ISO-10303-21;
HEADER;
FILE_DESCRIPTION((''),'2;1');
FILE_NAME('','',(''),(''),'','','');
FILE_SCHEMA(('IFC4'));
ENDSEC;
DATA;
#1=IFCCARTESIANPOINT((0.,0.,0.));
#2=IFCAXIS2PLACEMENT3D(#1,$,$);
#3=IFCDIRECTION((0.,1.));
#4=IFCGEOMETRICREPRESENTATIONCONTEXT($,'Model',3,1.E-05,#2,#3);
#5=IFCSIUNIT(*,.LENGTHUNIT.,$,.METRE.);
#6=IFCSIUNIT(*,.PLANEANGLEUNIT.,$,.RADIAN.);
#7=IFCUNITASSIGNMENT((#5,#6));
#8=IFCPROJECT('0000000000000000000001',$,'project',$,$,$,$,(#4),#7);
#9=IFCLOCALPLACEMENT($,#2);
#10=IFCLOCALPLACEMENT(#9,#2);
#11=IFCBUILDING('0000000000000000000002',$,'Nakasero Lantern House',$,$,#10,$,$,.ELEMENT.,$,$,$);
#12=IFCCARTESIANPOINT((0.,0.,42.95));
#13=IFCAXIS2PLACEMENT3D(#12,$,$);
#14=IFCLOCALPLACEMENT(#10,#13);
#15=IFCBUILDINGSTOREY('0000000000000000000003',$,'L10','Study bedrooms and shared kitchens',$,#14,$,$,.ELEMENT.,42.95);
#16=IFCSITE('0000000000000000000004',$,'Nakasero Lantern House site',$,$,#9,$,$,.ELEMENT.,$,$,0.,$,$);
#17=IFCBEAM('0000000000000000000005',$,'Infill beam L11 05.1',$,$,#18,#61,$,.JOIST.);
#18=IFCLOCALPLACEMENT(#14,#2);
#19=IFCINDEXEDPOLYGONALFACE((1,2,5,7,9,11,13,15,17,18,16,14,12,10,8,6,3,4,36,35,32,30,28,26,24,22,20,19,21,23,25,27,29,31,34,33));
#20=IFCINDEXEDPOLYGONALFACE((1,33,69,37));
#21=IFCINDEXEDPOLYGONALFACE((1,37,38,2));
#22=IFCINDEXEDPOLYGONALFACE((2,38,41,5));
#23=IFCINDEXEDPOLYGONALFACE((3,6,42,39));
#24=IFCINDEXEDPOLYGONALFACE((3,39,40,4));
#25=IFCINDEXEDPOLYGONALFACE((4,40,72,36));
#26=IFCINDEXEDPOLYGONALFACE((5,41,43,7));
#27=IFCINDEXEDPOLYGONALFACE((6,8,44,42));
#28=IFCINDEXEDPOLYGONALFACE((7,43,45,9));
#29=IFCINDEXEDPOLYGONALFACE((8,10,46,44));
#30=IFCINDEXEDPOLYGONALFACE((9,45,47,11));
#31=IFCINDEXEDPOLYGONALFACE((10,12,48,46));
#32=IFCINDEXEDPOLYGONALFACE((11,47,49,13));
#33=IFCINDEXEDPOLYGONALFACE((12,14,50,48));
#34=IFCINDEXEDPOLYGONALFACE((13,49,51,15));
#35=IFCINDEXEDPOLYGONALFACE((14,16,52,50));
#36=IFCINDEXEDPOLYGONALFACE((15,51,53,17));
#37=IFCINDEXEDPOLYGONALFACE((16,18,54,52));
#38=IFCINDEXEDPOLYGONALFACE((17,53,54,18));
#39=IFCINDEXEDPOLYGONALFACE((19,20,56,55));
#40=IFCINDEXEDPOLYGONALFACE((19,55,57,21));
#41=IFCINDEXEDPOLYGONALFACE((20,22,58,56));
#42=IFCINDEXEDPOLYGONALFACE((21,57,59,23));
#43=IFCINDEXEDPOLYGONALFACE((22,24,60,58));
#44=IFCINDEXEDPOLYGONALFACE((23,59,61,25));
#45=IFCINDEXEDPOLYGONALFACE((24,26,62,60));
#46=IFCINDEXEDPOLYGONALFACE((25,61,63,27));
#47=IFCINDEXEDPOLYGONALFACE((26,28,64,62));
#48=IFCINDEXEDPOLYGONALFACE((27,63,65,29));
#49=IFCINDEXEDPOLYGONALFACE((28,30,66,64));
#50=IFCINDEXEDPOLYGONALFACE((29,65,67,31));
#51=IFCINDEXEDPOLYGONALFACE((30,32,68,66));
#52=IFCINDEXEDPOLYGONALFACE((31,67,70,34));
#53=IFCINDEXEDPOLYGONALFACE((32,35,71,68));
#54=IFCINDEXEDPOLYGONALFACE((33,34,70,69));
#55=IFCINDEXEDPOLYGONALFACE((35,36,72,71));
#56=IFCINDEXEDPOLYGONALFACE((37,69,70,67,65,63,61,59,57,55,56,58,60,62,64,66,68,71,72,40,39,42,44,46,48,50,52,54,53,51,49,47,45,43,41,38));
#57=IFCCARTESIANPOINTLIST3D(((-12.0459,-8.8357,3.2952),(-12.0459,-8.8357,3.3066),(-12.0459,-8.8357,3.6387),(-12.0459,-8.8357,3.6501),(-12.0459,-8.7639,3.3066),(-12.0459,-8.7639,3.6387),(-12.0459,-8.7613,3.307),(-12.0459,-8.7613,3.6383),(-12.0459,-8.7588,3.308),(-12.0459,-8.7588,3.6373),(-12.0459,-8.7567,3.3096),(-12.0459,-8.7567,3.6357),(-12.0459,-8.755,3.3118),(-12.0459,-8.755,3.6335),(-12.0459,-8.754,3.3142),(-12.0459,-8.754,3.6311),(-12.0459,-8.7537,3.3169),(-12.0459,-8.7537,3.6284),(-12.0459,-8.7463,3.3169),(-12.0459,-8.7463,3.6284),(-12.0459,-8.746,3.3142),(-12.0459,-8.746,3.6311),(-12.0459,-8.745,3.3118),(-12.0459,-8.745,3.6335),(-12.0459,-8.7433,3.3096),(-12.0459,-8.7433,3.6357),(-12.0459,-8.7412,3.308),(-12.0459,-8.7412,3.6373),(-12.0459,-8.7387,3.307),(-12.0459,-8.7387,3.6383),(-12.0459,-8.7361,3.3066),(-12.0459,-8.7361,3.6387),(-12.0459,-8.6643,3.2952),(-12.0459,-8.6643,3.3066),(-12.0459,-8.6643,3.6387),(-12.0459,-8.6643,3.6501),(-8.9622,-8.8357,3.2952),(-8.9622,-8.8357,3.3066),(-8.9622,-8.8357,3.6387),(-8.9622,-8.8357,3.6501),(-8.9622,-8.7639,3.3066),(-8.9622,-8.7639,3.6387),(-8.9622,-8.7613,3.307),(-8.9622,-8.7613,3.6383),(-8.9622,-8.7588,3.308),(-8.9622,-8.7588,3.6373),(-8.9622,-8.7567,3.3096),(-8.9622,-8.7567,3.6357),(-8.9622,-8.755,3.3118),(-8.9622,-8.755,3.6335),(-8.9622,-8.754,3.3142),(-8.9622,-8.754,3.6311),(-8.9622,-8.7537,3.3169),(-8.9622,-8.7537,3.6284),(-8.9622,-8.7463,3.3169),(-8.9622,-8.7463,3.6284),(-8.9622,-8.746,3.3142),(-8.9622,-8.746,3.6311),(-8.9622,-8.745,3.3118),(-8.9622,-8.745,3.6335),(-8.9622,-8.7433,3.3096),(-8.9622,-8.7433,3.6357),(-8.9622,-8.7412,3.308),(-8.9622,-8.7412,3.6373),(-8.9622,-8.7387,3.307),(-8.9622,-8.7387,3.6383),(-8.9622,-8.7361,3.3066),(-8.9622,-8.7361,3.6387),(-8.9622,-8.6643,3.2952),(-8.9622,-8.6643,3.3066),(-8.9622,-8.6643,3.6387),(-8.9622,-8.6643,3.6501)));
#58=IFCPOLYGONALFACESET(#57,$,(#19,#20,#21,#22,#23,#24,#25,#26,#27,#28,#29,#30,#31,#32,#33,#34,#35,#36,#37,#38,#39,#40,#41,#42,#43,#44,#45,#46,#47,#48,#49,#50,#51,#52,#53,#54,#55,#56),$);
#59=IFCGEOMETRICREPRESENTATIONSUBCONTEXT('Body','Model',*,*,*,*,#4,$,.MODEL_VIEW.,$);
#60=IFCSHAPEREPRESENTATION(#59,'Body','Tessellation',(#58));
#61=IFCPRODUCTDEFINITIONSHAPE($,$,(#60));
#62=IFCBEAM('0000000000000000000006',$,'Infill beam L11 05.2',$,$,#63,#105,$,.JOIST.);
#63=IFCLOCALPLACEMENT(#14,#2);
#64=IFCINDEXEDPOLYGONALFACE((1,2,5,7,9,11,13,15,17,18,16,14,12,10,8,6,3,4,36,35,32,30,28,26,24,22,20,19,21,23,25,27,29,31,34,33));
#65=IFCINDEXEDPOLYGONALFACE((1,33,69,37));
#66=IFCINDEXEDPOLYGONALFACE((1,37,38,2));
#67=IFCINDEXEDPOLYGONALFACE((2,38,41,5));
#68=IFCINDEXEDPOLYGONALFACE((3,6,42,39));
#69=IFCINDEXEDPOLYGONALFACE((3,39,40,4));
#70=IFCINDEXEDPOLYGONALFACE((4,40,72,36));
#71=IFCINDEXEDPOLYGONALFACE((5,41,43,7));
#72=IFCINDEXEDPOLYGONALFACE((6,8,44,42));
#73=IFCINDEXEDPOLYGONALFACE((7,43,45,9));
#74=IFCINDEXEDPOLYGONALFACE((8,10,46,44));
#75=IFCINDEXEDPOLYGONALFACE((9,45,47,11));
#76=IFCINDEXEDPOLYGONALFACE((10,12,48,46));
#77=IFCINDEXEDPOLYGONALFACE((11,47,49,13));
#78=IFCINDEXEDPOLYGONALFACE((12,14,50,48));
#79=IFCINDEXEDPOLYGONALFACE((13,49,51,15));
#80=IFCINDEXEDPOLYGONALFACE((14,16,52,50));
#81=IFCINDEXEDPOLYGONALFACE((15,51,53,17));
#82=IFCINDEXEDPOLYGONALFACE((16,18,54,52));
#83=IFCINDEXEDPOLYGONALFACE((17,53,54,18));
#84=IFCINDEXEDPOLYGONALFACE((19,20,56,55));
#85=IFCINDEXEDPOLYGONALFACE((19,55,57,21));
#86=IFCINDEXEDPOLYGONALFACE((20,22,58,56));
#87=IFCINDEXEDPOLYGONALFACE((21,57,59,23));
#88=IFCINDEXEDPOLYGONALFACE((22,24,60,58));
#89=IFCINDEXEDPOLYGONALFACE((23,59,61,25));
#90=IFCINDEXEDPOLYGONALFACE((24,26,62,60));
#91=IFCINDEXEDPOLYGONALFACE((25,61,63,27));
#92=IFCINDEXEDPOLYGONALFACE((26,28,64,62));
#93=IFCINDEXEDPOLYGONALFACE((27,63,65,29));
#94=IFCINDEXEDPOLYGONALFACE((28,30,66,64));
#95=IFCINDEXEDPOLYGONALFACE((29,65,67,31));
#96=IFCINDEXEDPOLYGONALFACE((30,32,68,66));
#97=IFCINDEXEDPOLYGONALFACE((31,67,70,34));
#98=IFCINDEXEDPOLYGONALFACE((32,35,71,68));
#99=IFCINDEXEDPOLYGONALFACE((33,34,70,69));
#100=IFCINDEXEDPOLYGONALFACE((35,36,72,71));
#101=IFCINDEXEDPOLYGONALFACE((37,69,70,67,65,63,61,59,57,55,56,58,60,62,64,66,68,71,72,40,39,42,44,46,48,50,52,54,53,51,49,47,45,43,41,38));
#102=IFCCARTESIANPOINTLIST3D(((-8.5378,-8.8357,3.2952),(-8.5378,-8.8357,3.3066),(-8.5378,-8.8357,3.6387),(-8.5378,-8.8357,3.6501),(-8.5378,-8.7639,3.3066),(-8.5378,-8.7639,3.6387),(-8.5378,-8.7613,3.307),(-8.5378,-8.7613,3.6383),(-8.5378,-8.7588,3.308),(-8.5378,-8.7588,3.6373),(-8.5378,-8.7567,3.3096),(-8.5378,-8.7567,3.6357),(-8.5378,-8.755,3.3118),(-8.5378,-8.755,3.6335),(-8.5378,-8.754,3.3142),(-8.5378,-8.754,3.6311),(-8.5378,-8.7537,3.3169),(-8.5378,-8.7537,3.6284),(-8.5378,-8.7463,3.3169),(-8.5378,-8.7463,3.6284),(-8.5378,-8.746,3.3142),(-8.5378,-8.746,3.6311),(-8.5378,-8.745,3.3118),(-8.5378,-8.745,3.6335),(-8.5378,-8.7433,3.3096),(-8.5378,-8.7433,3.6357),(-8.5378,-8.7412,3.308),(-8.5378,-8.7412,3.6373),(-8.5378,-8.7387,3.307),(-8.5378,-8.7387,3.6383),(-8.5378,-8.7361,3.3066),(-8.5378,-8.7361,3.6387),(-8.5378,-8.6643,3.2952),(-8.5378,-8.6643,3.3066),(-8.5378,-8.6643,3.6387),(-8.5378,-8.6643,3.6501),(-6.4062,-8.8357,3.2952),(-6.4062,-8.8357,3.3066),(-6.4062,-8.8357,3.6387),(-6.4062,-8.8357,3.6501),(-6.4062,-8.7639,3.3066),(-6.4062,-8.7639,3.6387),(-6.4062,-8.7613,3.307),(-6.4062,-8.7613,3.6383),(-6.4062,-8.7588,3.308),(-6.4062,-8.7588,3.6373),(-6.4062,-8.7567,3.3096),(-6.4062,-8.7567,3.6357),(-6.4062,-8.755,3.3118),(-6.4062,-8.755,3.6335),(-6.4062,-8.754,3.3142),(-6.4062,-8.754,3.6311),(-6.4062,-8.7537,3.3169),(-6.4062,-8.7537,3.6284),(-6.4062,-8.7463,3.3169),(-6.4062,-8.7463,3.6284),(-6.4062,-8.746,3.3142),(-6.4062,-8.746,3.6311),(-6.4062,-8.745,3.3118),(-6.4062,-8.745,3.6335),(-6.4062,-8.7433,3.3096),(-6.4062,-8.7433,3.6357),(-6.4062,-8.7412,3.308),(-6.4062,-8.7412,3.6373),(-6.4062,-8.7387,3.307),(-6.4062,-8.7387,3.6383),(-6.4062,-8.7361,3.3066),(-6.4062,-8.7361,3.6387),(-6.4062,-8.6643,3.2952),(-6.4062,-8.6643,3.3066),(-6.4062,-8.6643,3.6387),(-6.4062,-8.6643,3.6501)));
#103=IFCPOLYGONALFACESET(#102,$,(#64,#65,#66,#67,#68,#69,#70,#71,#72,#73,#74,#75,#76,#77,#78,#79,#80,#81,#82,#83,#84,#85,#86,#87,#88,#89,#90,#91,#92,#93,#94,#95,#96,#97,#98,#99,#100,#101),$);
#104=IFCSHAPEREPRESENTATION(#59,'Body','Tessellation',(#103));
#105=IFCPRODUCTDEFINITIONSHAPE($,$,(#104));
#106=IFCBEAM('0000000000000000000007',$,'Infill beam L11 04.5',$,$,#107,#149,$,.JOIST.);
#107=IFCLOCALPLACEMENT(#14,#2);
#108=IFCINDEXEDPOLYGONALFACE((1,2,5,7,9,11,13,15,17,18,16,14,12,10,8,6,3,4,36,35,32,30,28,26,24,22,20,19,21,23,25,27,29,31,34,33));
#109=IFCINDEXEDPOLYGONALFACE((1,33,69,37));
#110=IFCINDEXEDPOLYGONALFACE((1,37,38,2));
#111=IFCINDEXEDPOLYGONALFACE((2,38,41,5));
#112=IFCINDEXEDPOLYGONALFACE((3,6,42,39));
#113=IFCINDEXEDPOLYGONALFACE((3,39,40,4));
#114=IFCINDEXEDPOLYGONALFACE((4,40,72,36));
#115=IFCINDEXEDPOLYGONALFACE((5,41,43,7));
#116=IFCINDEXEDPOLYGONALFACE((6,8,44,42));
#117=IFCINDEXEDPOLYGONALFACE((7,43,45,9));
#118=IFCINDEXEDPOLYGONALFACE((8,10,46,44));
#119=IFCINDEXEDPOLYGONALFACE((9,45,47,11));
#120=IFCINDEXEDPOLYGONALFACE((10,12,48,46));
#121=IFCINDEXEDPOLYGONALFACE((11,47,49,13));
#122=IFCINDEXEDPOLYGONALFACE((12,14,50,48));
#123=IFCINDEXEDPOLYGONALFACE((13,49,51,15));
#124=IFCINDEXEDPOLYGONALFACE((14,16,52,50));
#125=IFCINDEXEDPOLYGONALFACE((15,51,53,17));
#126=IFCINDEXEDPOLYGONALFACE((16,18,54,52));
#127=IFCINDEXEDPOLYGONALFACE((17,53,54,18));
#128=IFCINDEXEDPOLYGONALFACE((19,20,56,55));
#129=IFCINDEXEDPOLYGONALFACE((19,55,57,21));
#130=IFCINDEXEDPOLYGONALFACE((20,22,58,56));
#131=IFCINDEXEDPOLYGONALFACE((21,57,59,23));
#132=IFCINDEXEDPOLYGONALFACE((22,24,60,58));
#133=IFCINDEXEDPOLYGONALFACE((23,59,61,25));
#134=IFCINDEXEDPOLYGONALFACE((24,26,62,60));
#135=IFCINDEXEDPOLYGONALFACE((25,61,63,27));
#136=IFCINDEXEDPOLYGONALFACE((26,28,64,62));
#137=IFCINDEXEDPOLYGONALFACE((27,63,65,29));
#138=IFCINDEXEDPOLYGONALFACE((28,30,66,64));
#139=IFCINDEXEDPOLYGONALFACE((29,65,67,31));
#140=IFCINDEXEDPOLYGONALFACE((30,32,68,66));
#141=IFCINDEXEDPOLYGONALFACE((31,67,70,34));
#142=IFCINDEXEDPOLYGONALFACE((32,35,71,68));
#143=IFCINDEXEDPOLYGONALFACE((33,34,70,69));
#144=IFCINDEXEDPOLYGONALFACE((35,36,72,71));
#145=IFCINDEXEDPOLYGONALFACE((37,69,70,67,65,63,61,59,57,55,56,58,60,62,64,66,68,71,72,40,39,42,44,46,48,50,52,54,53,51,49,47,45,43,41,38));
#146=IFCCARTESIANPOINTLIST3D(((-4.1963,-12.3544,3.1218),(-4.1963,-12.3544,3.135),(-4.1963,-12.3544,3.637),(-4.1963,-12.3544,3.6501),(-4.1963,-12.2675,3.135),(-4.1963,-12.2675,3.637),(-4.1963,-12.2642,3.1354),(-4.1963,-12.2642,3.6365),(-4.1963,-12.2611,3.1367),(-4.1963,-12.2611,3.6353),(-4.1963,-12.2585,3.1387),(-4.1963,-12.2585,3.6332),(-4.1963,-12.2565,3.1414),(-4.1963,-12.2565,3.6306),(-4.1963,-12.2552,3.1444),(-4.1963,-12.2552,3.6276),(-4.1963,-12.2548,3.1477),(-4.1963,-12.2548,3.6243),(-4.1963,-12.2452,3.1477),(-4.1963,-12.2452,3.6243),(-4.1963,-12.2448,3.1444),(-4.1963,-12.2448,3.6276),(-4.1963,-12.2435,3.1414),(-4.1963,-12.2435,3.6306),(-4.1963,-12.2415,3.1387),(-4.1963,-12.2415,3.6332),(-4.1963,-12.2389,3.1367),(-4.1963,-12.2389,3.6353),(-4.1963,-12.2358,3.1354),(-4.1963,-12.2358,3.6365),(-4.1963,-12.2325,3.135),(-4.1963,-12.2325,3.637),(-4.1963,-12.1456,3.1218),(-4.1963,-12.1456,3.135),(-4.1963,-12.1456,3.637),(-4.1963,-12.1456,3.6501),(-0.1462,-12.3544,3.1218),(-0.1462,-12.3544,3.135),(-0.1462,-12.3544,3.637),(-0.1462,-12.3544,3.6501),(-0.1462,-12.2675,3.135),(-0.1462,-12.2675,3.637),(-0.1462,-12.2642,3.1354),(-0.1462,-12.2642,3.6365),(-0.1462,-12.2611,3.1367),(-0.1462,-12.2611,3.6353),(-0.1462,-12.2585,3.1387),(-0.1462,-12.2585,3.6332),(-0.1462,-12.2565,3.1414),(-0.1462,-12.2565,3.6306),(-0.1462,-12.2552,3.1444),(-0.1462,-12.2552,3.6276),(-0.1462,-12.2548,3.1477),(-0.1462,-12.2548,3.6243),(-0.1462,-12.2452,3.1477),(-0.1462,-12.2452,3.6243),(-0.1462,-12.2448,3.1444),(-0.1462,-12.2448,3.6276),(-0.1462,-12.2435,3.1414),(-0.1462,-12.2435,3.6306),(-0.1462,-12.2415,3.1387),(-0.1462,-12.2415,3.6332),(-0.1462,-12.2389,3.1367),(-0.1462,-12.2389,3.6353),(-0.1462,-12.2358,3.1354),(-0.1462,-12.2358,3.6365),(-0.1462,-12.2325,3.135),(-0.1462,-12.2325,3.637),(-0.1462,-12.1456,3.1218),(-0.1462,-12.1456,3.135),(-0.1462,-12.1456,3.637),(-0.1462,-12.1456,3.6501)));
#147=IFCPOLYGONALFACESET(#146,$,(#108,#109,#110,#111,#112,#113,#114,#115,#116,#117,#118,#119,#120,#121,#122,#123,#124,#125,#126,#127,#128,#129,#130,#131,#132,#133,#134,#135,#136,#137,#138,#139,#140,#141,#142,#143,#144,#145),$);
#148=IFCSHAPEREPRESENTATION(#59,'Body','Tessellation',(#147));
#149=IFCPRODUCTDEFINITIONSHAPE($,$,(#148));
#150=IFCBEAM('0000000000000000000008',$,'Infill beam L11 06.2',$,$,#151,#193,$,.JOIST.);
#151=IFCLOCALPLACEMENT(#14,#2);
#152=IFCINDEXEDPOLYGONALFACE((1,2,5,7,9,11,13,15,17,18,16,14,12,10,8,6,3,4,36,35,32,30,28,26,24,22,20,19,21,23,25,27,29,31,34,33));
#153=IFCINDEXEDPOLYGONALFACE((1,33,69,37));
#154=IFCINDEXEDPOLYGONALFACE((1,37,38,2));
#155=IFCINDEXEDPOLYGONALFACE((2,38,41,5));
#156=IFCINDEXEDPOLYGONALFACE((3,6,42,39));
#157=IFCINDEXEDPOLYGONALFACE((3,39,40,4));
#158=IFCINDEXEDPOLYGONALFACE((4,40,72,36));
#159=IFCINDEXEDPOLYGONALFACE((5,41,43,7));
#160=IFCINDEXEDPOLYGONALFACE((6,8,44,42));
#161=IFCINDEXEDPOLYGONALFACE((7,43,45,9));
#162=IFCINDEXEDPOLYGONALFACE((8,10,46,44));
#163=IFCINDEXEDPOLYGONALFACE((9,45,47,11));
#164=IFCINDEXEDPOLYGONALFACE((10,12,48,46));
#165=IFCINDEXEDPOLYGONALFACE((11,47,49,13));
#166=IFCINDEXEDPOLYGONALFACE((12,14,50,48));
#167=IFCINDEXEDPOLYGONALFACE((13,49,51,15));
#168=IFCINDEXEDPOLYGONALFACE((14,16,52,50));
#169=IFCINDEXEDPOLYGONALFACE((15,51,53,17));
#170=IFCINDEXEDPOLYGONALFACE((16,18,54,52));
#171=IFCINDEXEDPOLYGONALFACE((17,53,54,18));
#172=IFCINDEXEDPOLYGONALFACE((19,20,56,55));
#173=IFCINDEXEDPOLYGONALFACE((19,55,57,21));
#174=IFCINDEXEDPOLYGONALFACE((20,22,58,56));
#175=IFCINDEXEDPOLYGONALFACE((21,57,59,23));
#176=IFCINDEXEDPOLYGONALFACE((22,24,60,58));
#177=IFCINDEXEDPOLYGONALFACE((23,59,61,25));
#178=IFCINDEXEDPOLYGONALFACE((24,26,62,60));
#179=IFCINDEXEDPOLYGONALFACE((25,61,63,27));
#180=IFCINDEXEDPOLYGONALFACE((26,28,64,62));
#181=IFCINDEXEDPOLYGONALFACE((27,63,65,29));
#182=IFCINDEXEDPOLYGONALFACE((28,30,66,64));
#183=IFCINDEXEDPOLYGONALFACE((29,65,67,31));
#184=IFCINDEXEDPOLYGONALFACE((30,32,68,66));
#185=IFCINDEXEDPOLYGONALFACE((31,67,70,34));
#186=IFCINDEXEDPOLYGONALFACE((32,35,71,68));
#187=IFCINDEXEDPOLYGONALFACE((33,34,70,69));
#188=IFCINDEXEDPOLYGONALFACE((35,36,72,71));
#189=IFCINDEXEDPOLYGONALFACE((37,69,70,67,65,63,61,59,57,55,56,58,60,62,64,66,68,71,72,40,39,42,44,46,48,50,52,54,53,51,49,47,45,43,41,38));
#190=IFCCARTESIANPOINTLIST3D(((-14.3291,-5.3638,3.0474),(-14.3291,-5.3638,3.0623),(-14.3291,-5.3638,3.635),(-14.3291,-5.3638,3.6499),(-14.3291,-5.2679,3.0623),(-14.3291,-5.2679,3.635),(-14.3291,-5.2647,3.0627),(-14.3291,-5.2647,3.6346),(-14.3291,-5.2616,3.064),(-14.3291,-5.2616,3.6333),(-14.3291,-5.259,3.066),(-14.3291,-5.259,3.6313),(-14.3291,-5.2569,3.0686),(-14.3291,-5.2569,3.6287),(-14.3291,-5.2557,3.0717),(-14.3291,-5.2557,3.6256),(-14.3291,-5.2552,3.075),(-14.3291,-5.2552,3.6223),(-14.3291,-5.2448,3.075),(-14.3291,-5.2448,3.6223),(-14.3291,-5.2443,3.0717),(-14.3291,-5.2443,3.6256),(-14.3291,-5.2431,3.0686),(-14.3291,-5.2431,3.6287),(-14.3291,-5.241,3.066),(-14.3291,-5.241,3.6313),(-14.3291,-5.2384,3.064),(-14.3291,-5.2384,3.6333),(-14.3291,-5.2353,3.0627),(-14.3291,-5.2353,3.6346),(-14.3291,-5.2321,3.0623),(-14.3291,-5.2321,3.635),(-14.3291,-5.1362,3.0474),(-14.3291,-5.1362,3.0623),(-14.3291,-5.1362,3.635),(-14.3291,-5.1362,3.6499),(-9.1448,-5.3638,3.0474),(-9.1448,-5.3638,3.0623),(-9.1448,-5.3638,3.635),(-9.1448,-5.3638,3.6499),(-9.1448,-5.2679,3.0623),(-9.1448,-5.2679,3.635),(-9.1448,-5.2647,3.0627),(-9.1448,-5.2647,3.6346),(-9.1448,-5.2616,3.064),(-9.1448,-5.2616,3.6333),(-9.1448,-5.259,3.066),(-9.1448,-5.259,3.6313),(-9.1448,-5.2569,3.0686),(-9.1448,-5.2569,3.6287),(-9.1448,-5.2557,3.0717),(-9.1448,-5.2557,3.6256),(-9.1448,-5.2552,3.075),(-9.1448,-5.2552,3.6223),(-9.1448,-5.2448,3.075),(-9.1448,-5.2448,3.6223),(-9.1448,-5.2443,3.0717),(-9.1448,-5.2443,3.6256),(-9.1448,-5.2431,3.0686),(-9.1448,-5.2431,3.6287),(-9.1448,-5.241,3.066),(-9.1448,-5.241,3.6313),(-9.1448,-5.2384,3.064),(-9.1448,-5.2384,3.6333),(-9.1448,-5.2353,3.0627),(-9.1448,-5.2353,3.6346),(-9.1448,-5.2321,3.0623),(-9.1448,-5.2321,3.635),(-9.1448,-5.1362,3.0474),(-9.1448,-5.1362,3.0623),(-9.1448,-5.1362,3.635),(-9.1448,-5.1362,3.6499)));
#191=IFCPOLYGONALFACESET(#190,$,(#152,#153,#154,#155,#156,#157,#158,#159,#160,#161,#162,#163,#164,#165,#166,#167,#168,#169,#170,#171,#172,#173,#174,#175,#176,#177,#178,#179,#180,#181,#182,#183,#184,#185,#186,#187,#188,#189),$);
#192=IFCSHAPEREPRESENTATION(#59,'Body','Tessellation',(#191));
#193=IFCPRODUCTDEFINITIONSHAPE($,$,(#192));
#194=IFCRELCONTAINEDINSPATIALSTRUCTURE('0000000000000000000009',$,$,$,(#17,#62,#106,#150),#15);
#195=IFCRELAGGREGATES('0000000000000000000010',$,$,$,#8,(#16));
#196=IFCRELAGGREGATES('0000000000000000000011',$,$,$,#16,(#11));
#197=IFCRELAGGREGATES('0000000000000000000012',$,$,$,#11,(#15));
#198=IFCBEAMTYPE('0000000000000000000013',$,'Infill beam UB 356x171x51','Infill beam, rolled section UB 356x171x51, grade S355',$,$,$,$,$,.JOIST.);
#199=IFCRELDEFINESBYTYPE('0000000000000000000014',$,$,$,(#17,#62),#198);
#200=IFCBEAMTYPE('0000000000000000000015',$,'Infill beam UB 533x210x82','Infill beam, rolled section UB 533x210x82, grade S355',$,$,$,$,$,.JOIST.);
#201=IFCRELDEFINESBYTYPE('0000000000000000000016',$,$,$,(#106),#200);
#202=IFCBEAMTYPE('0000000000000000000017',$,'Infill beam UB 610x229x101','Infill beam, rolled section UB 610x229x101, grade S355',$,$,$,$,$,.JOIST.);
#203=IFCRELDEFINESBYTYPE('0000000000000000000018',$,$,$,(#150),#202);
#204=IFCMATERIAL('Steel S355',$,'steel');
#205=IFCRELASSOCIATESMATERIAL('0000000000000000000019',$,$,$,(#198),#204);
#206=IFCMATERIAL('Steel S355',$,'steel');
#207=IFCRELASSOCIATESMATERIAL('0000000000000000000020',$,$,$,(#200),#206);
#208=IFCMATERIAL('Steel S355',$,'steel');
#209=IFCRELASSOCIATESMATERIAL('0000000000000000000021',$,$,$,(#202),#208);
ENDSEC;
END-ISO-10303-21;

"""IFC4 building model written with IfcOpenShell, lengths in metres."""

from ifc_helpers import new_model, si_unit, direction, frame, origin, origin_2d, place, context, subcontext, project, spatial, i_section, extrude, material, material_profile, profile_set, type_object, element, save


model = new_model("IFC4")

# Units and contexts
model_context = context("Model", 3, precision=1e-05, world=origin(), true_north=direction((0.0, 1.0)))
body_context = subcontext(model_context, "Body", "Model", "MODEL_VIEW")
ifc_project = project(units=[si_unit("LENGTHUNIT", "METRE"), si_unit("PLANEANGLEUNIT", "RADIAN")], contexts=[model_context])

# Site, building, storey
site_placement = place(None, origin())
site = spatial("IfcSite", under=ifc_project, at=site_placement, Name="Nakasero Lantern House site", CompositionType="ELEMENT", RefElevation=0.0)
building_placement = place(site_placement, origin())
building = spatial("IfcBuilding", under=site, at=building_placement, Name="Nakasero Lantern House", CompositionType="ELEMENT")
storey_placement = place(building_placement, frame((0.0, 0.0, 42.95)))
storey = spatial("IfcBuildingStorey", under=building, at=storey_placement, Name="L10", Description="Study bedrooms and shared kitchens", CompositionType="ELEMENT", Elevation=42.95)

# Beams
ifc_material_1 = material(Name="Steel S355", Category="steel")
ifc_material_profile_1 = material_profile(ifc_material_1, i_section(OverallWidth=0.1714, OverallDepth=0.355, WebThickness=0.0073, FlangeThickness=0.0115, FilletRadius=0.0103, at=origin_2d()), Name="UB 356x171x51")
ifc_profile_set_1 = profile_set([ifc_material_profile_1], Name="Steel S355")
beam_type_1 = type_object("IfcBeamType", Name="Infill beam UB 356x171x51", Description="Infill beam, rolled section UB 356x171x51, grade S355", PredefinedType="JOIST", material=ifc_profile_set_1)
beam_1_placement = place(storey_placement, frame((-12.0459, -8.75, 3.4727), z_axis=(1.0, 0.0, 0.0), x_axis=(0.0, 1.0, 0.0)))
element("IfcBeam", 1, at=beam_1_placement, inside=storey, type_object=beam_type_1, Name="Infill beam L11 05.1", PredefinedType="JOIST", context=body_context, shape_type="SweptSolid", body=[
    extrude(i_section(OverallWidth=0.1714, OverallDepth=0.355, WebThickness=0.0073, FlangeThickness=0.0115, FilletRadius=0.0103, at=origin_2d()), origin(), (0.0, 0.0, 1.0), 3.0837),
])
beam_2_placement = place(storey_placement, frame((-8.5378, -8.75, 3.4727), z_axis=(1.0, 0.0, 0.0), x_axis=(0.0, 1.0, 0.0)))
element("IfcBeam", 2, at=beam_2_placement, inside=storey, type_object=beam_type_1, Name="Infill beam L11 05.2", PredefinedType="JOIST", context=body_context, shape_type="SweptSolid", body=[
    extrude(i_section(OverallWidth=0.1714, OverallDepth=0.355, WebThickness=0.0073, FlangeThickness=0.0115, FilletRadius=0.0103, at=origin_2d()), origin(), (0.0, 0.0, 1.0), 2.1316),
])
ifc_material_2 = material(Name="Steel S355", Category="steel")
ifc_material_profile_2 = material_profile(ifc_material_2, i_section(OverallWidth=0.2087, OverallDepth=0.5283, WebThickness=0.0095, FlangeThickness=0.0132, FilletRadius=0.0127, at=origin_2d()), Name="UB 533x210x82")
ifc_profile_set_2 = profile_set([ifc_material_profile_2], Name="Steel S355")
beam_type_2 = type_object("IfcBeamType", Name="Infill beam UB 533x210x82", Description="Infill beam, rolled section UB 533x210x82, grade S355", PredefinedType="JOIST", material=ifc_profile_set_2)
beam_3_placement = place(storey_placement, frame((-4.1963, -12.25, 3.386), z_axis=(1.0, 0.0, 0.0), x_axis=(0.0, 1.0, 0.0)))
element("IfcBeam", 3, at=beam_3_placement, inside=storey, type_object=beam_type_2, Name="Infill beam L11 04.5", PredefinedType="JOIST", context=body_context, shape_type="SweptSolid", body=[
    extrude(i_section(OverallWidth=0.2087, OverallDepth=0.5283, WebThickness=0.0095, FlangeThickness=0.0132, FilletRadius=0.0127, at=origin_2d()), origin(), (0.0, 0.0, 1.0), 4.05),
])
ifc_material_3 = material(Name="Steel S355", Category="steel")
ifc_material_profile_3 = material_profile(ifc_material_3, i_section(OverallWidth=0.2275, OverallDepth=0.6025, WebThickness=0.0105, FlangeThickness=0.0149, FilletRadius=0.0127, at=origin_2d()), Name="UB 610x229x101")
ifc_profile_set_3 = profile_set([ifc_material_profile_3], Name="Steel S355")
beam_type_3 = type_object("IfcBeamType", Name="Infill beam UB 610x229x101", Description="Infill beam, rolled section UB 610x229x101, grade S355", PredefinedType="JOIST", material=ifc_profile_set_3)
beam_4_placement = place(storey_placement, frame((-14.3291, -5.25, 3.3486), z_axis=(1.0, 0.0, 0.0), x_axis=(0.0, 1.0, 0.0)))
element("IfcBeam", 4, at=beam_4_placement, inside=storey, type_object=beam_type_3, Name="Infill beam L11 06.2", PredefinedType="JOIST", context=body_context, shape_type="SweptSolid", body=[
    extrude(i_section(OverallWidth=0.2275, OverallDepth=0.6025, WebThickness=0.0105, FlangeThickness=0.0149, FilletRadius=0.0127, at=origin_2d()), origin(), (0.0, 0.0, 1.0), 5.1843),
])

save(model, "model.ifc")
